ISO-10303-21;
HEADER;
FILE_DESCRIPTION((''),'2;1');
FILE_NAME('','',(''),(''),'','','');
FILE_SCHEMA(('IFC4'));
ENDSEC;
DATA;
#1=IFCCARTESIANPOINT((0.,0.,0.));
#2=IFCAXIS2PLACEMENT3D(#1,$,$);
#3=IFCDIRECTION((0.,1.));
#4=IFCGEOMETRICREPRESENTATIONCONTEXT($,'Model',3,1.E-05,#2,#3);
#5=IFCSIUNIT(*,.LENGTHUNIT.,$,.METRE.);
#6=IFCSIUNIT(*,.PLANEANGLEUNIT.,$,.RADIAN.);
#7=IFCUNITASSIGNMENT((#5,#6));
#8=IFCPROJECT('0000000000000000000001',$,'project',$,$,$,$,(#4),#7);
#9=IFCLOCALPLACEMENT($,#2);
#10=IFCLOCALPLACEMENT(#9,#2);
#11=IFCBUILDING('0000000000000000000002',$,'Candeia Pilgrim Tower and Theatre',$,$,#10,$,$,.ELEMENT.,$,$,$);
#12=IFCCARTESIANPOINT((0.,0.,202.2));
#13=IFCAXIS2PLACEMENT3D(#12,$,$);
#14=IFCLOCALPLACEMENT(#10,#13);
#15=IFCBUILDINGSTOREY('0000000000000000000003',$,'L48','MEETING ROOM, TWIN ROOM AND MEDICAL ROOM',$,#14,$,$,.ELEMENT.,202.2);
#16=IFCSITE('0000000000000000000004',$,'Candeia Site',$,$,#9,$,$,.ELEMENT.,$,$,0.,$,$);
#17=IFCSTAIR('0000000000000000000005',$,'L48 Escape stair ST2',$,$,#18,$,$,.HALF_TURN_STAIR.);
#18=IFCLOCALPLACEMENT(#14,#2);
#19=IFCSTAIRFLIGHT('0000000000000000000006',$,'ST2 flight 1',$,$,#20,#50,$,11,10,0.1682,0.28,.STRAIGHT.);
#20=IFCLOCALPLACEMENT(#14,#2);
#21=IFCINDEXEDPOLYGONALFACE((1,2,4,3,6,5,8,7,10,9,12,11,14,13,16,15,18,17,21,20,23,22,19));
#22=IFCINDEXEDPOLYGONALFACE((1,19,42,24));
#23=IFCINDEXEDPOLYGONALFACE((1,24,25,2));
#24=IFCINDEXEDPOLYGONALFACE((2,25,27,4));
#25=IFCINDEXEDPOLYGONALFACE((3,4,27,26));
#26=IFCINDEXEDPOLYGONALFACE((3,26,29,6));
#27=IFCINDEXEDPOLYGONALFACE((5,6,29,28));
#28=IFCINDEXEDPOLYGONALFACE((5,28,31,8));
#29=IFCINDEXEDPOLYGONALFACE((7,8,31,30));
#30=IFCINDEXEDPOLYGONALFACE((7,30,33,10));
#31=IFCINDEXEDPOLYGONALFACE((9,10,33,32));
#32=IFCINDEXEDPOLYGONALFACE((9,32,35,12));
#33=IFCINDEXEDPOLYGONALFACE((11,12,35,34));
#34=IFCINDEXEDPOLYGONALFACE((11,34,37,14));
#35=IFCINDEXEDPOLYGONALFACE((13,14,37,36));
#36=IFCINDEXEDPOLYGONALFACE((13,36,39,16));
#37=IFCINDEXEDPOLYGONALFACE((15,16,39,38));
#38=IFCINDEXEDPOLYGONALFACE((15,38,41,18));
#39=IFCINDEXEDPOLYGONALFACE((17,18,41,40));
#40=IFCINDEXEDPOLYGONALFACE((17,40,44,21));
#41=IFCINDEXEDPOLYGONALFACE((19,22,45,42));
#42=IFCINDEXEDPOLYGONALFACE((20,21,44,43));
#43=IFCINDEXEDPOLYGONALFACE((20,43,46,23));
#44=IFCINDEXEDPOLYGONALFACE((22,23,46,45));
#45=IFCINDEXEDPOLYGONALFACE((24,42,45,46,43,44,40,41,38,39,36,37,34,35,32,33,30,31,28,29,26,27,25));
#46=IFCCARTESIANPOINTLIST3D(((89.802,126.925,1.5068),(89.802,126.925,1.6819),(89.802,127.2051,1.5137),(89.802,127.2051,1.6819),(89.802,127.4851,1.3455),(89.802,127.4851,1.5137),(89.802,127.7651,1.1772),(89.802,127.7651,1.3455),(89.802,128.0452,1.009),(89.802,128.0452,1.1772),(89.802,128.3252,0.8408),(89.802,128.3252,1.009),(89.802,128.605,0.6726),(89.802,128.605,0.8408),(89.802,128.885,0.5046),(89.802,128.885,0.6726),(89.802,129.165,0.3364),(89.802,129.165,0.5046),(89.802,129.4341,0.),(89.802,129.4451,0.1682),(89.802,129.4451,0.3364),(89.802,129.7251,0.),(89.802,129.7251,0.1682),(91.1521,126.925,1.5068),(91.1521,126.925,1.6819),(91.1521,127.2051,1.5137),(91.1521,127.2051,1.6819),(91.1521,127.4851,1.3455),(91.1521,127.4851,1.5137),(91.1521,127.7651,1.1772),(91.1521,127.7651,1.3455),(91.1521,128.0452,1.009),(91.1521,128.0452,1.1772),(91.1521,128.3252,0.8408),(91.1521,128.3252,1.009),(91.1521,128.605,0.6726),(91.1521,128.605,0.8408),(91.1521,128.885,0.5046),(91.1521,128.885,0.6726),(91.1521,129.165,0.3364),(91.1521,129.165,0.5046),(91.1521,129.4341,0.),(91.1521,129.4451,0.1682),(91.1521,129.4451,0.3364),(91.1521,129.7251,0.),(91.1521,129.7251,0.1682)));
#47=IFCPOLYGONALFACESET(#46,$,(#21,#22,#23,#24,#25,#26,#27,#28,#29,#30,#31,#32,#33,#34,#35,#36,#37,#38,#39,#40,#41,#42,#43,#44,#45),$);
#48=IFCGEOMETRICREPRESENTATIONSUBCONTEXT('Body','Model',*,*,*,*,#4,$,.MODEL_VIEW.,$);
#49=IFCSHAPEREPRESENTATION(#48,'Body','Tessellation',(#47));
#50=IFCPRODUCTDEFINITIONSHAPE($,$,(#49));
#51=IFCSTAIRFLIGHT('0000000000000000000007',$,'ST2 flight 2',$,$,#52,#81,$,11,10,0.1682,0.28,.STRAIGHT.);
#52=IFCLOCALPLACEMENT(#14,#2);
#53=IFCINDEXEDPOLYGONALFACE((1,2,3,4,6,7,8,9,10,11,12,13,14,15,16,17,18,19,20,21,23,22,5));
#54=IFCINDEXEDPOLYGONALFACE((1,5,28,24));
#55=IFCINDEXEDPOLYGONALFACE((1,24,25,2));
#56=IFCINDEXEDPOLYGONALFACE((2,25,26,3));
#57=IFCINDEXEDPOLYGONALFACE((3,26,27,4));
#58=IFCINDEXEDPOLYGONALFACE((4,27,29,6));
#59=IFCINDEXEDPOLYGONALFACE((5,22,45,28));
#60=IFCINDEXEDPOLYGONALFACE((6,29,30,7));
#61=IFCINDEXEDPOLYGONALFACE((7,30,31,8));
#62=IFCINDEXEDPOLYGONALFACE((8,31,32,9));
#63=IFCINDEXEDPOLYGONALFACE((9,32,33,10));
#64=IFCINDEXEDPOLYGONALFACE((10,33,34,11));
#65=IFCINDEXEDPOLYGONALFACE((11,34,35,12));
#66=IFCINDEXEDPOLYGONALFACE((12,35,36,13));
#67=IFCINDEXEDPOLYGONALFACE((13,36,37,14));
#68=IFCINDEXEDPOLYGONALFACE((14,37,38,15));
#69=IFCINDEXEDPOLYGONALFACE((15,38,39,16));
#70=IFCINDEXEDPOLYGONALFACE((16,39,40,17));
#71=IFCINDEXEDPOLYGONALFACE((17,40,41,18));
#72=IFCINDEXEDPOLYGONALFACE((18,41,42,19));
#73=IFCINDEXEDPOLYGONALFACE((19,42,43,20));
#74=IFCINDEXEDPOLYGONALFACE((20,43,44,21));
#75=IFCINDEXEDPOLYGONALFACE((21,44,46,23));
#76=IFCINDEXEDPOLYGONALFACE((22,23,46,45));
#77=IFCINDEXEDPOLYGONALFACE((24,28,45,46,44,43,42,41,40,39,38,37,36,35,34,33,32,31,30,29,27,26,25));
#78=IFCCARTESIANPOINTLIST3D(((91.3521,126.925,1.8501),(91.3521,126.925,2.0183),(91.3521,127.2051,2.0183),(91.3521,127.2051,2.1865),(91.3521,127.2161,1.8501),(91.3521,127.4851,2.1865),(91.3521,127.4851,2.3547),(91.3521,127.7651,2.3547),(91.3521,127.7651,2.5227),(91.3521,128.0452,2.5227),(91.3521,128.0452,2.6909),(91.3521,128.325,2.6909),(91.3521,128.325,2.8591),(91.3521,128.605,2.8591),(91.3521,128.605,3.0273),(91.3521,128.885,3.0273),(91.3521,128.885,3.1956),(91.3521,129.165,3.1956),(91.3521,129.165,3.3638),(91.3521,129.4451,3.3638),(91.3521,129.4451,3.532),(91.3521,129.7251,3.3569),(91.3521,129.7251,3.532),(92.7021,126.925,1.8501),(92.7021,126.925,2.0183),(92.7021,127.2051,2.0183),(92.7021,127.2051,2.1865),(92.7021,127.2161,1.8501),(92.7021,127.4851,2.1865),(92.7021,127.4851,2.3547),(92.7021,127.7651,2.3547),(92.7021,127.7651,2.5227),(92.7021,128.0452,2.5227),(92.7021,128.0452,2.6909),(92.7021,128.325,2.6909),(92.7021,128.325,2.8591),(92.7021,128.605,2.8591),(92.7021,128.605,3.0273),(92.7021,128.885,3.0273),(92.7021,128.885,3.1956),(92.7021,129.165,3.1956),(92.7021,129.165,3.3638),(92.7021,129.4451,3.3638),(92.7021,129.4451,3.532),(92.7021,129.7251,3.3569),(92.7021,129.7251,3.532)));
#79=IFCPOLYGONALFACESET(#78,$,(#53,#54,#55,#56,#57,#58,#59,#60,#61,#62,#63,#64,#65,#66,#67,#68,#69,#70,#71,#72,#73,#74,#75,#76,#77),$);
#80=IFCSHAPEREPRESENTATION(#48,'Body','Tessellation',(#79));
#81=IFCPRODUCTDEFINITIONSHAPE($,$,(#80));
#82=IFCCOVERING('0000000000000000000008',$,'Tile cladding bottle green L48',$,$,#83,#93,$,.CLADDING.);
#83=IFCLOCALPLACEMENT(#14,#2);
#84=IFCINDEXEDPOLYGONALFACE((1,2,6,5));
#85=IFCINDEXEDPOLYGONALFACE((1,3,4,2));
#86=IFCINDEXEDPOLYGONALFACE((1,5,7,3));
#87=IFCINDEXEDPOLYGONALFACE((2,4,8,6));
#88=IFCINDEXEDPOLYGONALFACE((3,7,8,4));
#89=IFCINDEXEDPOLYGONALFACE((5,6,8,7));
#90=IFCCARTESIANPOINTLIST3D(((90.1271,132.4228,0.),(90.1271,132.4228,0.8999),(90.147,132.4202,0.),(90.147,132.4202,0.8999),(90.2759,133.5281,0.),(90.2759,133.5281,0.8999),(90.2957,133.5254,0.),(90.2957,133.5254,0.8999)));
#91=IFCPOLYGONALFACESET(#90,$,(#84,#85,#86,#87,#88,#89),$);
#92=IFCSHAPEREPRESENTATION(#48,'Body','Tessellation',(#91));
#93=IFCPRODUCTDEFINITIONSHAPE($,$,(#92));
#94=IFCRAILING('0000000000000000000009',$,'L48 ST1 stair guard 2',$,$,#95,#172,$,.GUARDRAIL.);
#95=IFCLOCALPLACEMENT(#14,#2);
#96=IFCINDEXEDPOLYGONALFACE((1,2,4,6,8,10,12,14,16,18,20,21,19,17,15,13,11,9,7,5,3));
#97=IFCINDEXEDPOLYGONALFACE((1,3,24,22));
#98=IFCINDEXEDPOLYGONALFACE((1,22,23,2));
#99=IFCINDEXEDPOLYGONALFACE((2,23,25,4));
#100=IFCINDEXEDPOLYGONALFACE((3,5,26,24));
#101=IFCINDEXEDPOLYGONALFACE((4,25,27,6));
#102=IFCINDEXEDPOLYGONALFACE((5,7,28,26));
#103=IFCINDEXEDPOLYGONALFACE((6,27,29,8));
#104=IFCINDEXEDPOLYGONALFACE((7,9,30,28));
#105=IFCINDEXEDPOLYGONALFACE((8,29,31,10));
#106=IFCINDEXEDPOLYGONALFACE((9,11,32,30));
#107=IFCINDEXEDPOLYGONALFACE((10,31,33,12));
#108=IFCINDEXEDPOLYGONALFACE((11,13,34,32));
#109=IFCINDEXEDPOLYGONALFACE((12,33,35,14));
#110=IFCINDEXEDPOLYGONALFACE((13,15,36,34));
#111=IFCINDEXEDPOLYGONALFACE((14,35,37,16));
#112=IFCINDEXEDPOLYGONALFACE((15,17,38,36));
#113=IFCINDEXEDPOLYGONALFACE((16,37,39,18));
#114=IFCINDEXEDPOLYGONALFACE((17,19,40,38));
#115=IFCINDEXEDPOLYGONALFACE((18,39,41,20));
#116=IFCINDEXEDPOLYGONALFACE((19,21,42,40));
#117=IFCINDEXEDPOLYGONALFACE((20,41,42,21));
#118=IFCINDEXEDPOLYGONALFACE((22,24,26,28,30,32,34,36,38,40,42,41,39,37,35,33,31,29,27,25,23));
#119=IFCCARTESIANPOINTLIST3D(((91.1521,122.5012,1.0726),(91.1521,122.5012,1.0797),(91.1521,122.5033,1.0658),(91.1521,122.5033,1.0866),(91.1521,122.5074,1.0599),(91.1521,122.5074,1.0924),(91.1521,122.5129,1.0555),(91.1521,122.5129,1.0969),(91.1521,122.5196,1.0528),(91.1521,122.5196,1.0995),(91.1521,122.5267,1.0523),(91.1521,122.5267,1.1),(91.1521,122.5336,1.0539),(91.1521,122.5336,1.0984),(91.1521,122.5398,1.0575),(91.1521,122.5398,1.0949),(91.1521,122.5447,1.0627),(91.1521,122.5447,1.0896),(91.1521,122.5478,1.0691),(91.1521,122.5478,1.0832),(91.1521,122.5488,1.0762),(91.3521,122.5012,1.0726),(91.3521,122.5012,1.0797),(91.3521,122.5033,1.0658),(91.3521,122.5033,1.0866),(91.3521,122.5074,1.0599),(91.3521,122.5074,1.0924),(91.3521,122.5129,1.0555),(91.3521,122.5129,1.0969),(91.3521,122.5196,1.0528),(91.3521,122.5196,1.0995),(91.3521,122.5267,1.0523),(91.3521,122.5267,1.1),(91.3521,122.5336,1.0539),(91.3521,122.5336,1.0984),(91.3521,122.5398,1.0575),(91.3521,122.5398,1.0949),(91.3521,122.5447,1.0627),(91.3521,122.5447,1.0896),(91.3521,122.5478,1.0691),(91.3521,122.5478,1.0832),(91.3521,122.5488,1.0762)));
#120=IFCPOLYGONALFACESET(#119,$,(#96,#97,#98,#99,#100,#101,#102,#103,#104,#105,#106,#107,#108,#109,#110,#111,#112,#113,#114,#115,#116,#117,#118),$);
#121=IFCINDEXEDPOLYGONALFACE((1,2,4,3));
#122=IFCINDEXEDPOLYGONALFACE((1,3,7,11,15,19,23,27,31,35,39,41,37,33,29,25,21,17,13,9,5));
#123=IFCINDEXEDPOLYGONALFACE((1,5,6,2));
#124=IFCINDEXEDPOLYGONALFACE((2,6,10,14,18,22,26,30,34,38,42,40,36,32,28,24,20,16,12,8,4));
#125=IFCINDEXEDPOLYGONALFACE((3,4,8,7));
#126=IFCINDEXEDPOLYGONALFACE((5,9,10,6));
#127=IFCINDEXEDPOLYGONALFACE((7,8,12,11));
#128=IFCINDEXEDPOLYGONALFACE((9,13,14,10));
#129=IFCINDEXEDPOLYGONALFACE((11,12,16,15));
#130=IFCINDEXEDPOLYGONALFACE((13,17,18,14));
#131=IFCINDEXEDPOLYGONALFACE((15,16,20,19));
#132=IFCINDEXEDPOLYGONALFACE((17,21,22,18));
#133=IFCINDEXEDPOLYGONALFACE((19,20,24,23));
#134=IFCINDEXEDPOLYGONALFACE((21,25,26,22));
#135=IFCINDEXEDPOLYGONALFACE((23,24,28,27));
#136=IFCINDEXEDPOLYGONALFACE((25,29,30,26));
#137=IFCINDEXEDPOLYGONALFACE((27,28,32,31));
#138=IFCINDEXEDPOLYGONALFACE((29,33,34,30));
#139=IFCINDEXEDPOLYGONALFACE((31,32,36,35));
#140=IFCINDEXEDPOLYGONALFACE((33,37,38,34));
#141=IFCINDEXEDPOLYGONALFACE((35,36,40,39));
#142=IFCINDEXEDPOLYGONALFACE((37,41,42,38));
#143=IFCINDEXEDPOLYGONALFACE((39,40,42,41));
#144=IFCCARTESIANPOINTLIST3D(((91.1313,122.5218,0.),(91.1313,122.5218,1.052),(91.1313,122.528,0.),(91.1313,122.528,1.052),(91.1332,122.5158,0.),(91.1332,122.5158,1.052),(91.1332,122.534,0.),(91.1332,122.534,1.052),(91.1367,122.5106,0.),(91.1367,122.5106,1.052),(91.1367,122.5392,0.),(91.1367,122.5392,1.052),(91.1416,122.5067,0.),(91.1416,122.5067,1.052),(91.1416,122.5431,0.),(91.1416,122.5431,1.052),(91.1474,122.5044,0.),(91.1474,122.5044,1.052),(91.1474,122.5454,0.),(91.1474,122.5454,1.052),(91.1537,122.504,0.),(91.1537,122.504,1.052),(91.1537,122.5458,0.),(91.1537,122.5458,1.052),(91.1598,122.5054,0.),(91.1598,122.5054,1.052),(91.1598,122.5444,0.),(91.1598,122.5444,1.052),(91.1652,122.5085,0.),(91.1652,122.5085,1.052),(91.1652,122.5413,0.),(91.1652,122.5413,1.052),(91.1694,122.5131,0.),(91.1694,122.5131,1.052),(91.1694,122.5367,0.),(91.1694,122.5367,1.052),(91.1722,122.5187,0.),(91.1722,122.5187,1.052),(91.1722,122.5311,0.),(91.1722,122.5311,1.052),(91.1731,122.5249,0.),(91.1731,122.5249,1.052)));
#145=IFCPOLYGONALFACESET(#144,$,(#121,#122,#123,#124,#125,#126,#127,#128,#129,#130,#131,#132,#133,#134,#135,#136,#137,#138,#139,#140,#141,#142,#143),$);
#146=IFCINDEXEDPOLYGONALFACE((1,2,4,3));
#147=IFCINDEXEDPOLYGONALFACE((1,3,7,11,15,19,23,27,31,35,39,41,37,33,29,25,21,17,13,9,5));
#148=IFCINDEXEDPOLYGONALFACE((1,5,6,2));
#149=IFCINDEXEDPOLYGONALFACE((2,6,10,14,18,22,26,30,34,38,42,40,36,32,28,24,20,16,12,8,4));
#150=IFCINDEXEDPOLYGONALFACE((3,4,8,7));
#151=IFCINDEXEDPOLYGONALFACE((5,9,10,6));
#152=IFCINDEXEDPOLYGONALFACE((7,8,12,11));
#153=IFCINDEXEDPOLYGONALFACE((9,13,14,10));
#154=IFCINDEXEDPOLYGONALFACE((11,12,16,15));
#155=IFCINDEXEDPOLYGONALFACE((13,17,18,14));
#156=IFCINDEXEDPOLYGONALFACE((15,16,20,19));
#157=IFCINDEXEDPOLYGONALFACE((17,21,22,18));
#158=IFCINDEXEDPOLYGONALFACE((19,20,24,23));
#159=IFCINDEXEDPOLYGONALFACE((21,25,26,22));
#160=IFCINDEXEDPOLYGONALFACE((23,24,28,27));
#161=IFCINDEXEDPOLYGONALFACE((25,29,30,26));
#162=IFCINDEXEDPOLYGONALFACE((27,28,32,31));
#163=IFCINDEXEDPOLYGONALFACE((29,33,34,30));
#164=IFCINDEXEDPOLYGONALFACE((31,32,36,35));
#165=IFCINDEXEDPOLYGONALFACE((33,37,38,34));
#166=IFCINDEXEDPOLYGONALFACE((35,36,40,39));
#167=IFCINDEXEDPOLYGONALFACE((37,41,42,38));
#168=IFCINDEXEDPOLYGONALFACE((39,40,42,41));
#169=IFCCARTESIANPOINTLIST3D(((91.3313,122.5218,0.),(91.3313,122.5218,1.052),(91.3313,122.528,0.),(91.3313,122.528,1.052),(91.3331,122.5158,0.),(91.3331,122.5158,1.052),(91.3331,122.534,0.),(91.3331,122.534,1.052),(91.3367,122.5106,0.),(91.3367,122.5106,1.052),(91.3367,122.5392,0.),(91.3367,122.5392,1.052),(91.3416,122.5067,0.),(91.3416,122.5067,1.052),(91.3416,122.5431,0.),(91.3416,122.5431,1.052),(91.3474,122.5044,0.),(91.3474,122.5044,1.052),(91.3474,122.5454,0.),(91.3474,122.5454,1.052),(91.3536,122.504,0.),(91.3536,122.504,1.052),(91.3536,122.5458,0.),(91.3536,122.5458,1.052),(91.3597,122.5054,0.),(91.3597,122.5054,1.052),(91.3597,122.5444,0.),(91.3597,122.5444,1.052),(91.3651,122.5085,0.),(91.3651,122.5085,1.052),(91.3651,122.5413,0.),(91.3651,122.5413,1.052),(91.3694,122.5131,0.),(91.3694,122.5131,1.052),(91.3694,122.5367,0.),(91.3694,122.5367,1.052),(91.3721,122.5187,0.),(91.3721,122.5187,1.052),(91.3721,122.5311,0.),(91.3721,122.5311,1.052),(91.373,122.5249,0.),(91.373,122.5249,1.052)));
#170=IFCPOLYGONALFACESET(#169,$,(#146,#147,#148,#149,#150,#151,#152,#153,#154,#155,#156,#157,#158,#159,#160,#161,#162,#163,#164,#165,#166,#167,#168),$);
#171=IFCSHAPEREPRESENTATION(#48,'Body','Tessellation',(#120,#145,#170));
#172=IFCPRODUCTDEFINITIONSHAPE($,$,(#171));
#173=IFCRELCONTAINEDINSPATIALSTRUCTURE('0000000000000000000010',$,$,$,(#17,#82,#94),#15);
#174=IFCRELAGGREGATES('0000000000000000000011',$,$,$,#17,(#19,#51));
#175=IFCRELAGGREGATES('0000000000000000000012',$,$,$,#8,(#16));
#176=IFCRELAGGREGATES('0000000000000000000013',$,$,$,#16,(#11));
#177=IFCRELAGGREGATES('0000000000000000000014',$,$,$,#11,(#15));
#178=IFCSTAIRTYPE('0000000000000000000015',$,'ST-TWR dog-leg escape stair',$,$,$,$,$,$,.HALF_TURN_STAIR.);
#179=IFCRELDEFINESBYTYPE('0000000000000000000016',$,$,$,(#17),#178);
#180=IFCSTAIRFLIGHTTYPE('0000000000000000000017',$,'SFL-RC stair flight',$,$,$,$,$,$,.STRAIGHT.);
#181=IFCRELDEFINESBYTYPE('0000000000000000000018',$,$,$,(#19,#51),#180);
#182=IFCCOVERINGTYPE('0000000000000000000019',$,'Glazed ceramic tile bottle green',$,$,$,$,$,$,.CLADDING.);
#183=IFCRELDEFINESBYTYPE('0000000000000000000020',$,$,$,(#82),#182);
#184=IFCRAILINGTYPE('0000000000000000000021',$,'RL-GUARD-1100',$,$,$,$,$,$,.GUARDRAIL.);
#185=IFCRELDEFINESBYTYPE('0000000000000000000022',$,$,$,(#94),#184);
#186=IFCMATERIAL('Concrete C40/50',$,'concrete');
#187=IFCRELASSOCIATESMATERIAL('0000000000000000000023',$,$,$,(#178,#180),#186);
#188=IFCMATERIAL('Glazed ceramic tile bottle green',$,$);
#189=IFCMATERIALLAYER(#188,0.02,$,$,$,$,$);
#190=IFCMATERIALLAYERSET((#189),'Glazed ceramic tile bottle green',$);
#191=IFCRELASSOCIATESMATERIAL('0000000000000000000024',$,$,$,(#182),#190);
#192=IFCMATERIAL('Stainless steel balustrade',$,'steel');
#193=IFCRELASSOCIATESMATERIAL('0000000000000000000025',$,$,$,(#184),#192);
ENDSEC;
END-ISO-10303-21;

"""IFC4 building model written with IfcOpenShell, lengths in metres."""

from ifc_helpers import new_model, si_unit, direction, frame, origin, origin_2d, place, context, subcontext, project, spatial, polyline, rectangle, circle, outline, extrude, material, layer, layer_set, type_object, element, aggregate, save


model = new_model("IFC4")

# Units and contexts
model_context = context("Model", 3, precision=1e-05, world=origin(), true_north=direction((0.0, 1.0)))
body_context = subcontext(model_context, "Body", "Model", "MODEL_VIEW")
ifc_project = project(units=[si_unit("LENGTHUNIT", "METRE"), si_unit("PLANEANGLEUNIT", "RADIAN")], contexts=[model_context])

# Site, building, storey
site_placement = place(None, origin())
site = spatial("IfcSite", under=ifc_project, at=site_placement, Name="Candeia Site", CompositionType="ELEMENT", RefElevation=0.0)
building_placement = place(site_placement, origin())
building = spatial("IfcBuilding", under=site, at=building_placement, Name="Candeia Pilgrim Tower and Theatre", CompositionType="ELEMENT")
storey_placement = place(building_placement, frame((0.0, 0.0, 202.2)))
storey = spatial("IfcBuildingStorey", under=building, at=storey_placement, Name="L48", Description="MEETING ROOM, TWIN ROOM AND MEDICAL ROOM", CompositionType="ELEMENT", Elevation=202.2)

# Shared definitions
ifc_material_1 = material(Name="Concrete C40/50", Category="concrete")

# Stair, stair flights
stair_type = type_object("IfcStairType", Name="ST-TWR dog-leg escape stair", PredefinedType="HALF_TURN_STAIR", material=ifc_material_1)
stair_flight_type = type_object("IfcStairFlightType", Name="SFL-RC stair flight", PredefinedType="STRAIGHT", material=ifc_material_1)
stair_1_placement = place(storey_placement, origin())
stair_1 = element("IfcStair", 1, at=stair_1_placement, inside=storey, type_object=stair_type, Name="L48 Escape stair ST2", PredefinedType="HALF_TURN_STAIR")
stair_flight_1_placement = place(storey_placement, frame((90.4771, 129.7251, 0.0), z_axis=(0.0, 0.0, 1.0), x_axis=(0.0, -1.0, 0.0)))
stair_flight_1 = element("IfcStairFlight", 2, at=stair_flight_1_placement, type_object=stair_flight_type, Name="ST2 flight 1", NumberOfRisers=11, NumberOfTreads=10, PredefinedType="STRAIGHT", RiserHeight=0.1682, TreadLength=0.28, context=body_context, shape_type="SweptSolid", body=[
    extrude(outline(polyline([(0.0, 0.0), (0.0, 0.1682), (0.28, 0.1682), (0.28, 0.3364), (0.5601, 0.3364), (0.5601, 0.5046), (0.8401, 0.5046), (0.8401, 0.6726), (1.1201, 0.6726), (1.1201, 0.8408), (1.3999, 0.8408), (1.3999, 1.009), (1.6799, 1.009), (1.6799, 1.1772), (1.96, 1.1772), (1.96, 1.3455), (2.24, 1.3455), (2.24, 1.5137), (2.52, 1.5137), (2.52, 1.6819), (2.8, 1.6819), (2.8, 1.8501), (2.8, 1.5068), (0.291, 0.0), (0.0, 0.0)])), frame((0.0, 0.675, 0.0), z_axis=(0.0, -1.0, 0.0), x_axis=(1.0, 0.0, 0.0)), (0.0, 0.0, 1.0), 1.3501),
])
stair_flight_2_placement = place(storey_placement, frame((92.0271, 126.925, 1.8501), z_axis=(0.0, 0.0, 1.0), x_axis=(0.0, 1.0, 0.0)))
stair_flight_2 = element("IfcStairFlight", 3, at=stair_flight_2_placement, type_object=stair_flight_type, Name="ST2 flight 2", NumberOfRisers=11, NumberOfTreads=10, PredefinedType="STRAIGHT", RiserHeight=0.1682, TreadLength=0.28, context=body_context, shape_type="SweptSolid", body=[
    extrude(outline(polyline([(0.0, 0.0), (0.0, 0.1682), (0.28, 0.1682), (0.28, 0.3364), (0.5601, 0.3364), (0.5601, 0.5046), (0.8401, 0.5046), (0.8401, 0.6726), (1.1201, 0.6726), (1.1201, 0.8408), (1.3999, 0.8408), (1.3999, 1.009), (1.6799, 1.009), (1.6799, 1.1772), (1.96, 1.1772), (1.96, 1.3455), (2.24, 1.3455), (2.24, 1.5137), (2.52, 1.5137), (2.52, 1.6819), (2.8, 1.6819), (2.8, 1.8501), (2.8, 1.5068), (0.291, 0.0), (0.0, 0.0)])), frame((0.0, 0.675, 0.0), z_axis=(0.0, -1.0, 0.0), x_axis=(1.0, 0.0, 0.0)), (0.0, 0.0, 1.0), 1.3501),
])
aggregate(stair_1, [stair_flight_1, stair_flight_2])

# Shared definitions
ifc_material_2 = material(Name="Stainless steel balustrade", Category="steel")

# Covering
ifc_material_3 = material(Name="Glazed ceramic tile bottle green")
ifc_layer_1 = layer(ifc_material_3, 0.02)
ifc_layer_set_1 = layer_set([ifc_layer_1], Name="Glazed ceramic tile bottle green")
covering_type = type_object("IfcCoveringType", Name="Glazed ceramic tile bottle green", PredefinedType="CLADDING", material=ifc_layer_set_1)
covering_placement = place(storey_placement, frame((90.2114, 132.9741, 0.0), z_axis=(0.0, 0.0, 1.0), x_axis=(-0.133412, -0.991061, 0.0)))
element("IfcCovering", 4, at=covering_placement, inside=storey, type_object=covering_type, Name="Tile cladding bottle green L48", PredefinedType="CLADDING", context=body_context, shape_type="SweptSolid", body=[
    extrude(rectangle(XDim=1.1152, YDim=0.02, at=origin_2d()), origin(), (0.0, 0.0, 1.0), 0.8999),
])

# Railing
railing_type_1 = type_object("IfcRailingType", Name="RL-GUARD-1100", PredefinedType="GUARDRAIL", material=ifc_material_2)
railing_1_placement = place(storey_placement, frame((91.1521, 122.5249, 0.0)))
element("IfcRailing", 5, at=railing_1_placement, inside=storey, type_object=railing_type_1, Name="L48 ST1 stair guard 2", PredefinedType="GUARDRAIL", context=body_context, shape_type="SweptSolid", body=[
    extrude(circle(Radius=0.0239, at=origin_2d()), frame((0.0, 0.0, 1.0762), z_axis=(1.0, 0.0, 0.0), x_axis=(0.0, 1.0, 0.0)), (0.0, 0.0, 1.0), 0.2),
    extrude(circle(Radius=0.021, at=origin_2d()), origin(), (0.0, 0.0, 1.0), 1.052),
    extrude(circle(Radius=0.021, at=origin_2d()), frame((0.2, 0.0, 0.0)), (0.0, 0.0, 1.0), 1.052),
])

save(model, "model.ifc")
